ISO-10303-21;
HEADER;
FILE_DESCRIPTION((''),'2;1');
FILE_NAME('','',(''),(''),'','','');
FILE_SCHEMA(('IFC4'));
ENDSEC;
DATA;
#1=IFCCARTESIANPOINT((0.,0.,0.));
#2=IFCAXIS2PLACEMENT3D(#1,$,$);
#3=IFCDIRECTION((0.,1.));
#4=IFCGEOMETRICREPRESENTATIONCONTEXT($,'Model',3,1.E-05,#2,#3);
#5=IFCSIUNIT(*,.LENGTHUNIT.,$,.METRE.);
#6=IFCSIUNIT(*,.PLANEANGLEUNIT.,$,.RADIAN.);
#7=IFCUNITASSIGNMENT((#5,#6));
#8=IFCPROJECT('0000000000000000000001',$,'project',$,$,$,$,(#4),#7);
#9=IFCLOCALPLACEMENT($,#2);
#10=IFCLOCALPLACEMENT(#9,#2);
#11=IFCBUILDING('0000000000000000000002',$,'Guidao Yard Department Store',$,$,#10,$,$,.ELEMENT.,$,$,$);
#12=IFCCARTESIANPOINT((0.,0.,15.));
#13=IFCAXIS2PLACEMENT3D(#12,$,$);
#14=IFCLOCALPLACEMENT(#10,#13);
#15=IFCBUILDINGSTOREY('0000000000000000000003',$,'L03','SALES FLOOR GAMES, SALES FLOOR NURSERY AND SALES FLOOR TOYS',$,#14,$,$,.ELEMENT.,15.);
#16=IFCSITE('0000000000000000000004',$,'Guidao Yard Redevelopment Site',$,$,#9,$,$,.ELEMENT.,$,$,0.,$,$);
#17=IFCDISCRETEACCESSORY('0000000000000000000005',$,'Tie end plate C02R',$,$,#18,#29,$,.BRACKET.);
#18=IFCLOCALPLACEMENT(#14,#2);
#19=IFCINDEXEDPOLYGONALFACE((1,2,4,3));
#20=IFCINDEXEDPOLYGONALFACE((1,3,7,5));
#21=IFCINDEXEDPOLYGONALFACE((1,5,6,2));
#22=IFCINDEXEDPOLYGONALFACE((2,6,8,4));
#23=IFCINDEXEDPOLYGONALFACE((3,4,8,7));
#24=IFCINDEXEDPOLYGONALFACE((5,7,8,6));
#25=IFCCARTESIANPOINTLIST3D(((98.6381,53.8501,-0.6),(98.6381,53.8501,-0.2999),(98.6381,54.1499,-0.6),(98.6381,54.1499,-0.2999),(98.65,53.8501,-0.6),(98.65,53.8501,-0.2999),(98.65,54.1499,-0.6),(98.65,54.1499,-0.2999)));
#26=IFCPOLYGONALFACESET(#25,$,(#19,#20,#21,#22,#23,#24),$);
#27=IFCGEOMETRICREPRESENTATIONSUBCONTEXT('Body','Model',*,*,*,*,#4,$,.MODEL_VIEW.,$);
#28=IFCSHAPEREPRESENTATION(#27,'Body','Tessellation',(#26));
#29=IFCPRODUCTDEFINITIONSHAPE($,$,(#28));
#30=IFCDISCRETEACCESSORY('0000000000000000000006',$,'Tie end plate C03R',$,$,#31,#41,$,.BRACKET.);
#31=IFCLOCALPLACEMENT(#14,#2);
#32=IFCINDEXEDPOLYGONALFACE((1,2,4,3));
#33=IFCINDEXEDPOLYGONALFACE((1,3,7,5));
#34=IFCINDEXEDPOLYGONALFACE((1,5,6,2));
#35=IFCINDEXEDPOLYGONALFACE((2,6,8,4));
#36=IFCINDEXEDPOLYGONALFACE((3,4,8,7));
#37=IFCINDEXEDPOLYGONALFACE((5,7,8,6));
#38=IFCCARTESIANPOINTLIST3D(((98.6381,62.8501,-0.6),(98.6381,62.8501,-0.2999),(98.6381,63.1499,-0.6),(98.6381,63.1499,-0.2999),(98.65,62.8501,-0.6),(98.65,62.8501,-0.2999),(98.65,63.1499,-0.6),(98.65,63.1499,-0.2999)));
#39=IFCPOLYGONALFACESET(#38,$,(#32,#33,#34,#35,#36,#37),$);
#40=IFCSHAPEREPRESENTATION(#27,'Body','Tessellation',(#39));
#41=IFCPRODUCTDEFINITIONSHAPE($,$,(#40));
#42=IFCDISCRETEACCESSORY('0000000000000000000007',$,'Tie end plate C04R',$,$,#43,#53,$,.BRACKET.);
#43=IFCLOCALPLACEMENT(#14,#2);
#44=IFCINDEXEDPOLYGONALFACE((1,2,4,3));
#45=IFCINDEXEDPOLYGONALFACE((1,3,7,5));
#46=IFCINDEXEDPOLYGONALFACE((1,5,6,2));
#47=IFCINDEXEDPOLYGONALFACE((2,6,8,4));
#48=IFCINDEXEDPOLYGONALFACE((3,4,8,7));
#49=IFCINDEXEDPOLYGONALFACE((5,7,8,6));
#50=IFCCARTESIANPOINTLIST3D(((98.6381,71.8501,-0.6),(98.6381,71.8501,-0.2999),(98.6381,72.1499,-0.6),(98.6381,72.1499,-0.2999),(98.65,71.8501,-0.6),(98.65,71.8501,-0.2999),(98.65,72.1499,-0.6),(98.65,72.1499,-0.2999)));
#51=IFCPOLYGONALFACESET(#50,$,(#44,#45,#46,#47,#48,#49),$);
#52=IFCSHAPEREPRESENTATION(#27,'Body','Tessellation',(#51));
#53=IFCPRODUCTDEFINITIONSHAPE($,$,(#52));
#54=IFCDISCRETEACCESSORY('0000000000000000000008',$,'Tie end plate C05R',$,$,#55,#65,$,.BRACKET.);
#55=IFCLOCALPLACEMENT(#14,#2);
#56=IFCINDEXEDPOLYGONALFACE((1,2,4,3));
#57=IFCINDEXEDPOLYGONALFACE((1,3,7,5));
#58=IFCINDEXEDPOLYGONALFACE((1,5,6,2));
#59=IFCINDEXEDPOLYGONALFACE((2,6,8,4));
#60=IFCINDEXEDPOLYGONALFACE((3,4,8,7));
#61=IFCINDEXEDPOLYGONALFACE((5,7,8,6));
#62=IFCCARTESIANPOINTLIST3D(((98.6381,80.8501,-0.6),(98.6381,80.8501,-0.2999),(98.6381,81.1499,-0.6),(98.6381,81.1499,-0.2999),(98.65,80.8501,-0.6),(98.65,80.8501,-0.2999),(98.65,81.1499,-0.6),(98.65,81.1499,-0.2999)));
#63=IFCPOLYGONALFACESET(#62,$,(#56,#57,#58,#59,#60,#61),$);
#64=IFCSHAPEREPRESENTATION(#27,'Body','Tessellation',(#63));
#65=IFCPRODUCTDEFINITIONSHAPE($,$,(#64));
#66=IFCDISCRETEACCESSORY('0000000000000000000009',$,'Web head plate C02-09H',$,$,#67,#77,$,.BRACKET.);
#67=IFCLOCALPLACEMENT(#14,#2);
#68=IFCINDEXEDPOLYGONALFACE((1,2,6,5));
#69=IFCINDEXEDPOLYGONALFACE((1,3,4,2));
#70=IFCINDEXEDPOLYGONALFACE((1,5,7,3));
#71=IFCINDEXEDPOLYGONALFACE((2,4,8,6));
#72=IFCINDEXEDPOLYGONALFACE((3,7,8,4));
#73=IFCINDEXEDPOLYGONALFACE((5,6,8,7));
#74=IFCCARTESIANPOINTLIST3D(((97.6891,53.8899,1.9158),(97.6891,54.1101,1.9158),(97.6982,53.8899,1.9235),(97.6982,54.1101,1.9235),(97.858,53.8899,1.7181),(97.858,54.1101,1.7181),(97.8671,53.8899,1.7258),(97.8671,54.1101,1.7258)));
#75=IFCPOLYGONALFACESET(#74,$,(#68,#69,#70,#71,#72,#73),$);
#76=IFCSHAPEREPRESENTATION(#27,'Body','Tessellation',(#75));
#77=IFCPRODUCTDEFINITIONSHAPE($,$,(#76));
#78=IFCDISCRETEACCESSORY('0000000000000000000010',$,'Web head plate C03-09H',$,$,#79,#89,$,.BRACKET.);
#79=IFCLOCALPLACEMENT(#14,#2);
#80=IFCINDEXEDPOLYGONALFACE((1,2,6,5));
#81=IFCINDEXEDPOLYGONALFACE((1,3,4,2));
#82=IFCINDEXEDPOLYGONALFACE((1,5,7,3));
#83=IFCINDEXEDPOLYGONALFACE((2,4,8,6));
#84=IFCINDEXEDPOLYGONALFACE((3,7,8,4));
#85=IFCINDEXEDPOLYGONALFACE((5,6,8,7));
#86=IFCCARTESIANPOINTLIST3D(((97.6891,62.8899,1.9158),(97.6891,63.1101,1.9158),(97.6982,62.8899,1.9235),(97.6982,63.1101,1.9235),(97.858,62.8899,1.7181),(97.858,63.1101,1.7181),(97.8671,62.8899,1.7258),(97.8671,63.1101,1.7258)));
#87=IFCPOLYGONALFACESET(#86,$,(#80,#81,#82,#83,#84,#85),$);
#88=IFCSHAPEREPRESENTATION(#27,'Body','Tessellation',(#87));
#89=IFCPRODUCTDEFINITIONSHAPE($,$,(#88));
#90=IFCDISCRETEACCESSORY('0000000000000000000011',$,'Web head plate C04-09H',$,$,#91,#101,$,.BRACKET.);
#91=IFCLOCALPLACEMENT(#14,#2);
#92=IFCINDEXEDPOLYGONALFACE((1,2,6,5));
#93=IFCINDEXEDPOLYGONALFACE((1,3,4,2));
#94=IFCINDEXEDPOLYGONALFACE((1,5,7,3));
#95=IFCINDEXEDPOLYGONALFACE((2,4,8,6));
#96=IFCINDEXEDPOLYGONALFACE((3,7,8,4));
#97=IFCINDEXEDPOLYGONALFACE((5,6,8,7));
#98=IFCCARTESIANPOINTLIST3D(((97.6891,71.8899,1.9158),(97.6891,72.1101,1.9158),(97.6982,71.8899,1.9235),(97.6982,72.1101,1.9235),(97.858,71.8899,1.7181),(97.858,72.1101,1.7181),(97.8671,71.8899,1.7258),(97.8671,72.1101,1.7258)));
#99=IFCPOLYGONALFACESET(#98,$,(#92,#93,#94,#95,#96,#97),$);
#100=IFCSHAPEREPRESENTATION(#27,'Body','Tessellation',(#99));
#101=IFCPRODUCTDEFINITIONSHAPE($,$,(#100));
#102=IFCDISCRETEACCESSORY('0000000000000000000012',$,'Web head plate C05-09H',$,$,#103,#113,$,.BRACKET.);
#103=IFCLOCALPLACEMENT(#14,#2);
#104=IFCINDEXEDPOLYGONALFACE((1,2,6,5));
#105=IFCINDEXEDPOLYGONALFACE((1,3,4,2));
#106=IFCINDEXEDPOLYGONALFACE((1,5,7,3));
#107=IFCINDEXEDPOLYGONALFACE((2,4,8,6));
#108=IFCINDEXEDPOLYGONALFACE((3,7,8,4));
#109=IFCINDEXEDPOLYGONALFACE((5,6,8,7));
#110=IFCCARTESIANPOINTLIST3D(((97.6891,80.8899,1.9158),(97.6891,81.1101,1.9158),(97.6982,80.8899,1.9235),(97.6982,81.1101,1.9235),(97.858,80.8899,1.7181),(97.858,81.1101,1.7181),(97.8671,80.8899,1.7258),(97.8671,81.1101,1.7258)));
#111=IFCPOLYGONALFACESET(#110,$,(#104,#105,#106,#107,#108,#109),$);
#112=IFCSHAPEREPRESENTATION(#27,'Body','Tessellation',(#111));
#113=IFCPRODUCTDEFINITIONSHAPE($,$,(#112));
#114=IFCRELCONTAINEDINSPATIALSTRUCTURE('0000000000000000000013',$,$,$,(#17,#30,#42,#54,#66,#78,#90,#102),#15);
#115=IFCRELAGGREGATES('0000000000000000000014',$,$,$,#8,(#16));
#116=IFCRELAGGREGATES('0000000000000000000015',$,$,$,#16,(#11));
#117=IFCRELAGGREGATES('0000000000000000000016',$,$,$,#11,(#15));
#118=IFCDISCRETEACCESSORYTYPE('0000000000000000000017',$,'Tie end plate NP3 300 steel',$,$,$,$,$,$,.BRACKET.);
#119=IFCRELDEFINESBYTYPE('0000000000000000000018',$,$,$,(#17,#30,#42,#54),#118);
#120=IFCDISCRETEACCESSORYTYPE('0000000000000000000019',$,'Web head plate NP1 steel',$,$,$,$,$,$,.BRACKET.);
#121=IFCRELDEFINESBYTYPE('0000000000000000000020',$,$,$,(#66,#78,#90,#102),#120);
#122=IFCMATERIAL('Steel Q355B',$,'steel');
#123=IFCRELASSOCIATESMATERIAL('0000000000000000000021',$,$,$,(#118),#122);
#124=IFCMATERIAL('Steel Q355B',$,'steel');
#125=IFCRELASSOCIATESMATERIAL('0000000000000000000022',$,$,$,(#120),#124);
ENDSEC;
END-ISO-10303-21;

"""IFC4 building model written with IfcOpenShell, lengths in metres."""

from ifc_helpers import new_model, si_unit, direction, frame, origin, origin_2d, place, context, subcontext, project, spatial, rectangle, extrude, material, material_profile, profile_set, type_object, element, save


model = new_model("IFC4")

# Units and contexts
model_context = context("Model", 3, precision=1e-05, world=origin(), true_north=direction((0.0, 1.0)))
body_context = subcontext(model_context, "Body", "Model", "MODEL_VIEW")
ifc_project = project(units=[si_unit("LENGTHUNIT", "METRE"), si_unit("PLANEANGLEUNIT", "RADIAN")], contexts=[model_context])

# Site, building, storey
site_placement = place(None, origin())
site = spatial("IfcSite", under=ifc_project, at=site_placement, Name="Guidao Yard Redevelopment Site", CompositionType="ELEMENT", RefElevation=0.0)
building_placement = place(site_placement, origin())
building = spatial("IfcBuilding", under=site, at=building_placement, Name="Guidao Yard Department Store", CompositionType="ELEMENT")
storey_placement = place(building_placement, frame((0.0, 0.0, 15.0)))
storey = spatial("IfcBuildingStorey", under=building, at=storey_placement, Name="L03", Description="SALES FLOOR GAMES, SALES FLOOR NURSERY AND SALES FLOOR TOYS", CompositionType="ELEMENT", Elevation=15.0)

# Discrete accessories
ifc_material_1 = material(Name="Steel Q355B", Category="steel")
ifc_material_profile_1 = material_profile(ifc_material_1, rectangle(XDim=0.3, YDim=0.012, at=origin_2d()), Name="Node plate 300x12")
ifc_profile_set_1 = profile_set([ifc_material_profile_1], Name="Steel Q355B")
discrete_accessory_type_1 = type_object("IfcDiscreteAccessoryType", Name="Tie end plate NP3 300 steel", PredefinedType="BRACKET", material=ifc_profile_set_1)
for number, where, z_axis, x_axis, name in (
    (1, (98.644, 53.8501, -0.45), (0.0, 1.0, 0.0), (0.0, 0.0, 1.0), "Tie end plate C02R"),
    (2, (98.644, 62.8501, -0.45), (0.0, 1.0, 0.0), (0.0, 0.0, 1.0), "Tie end plate C03R"),
    (3, (98.644, 71.8501, -0.45), (0.0, 1.0, 0.0), (0.0, 0.0, 1.0), "Tie end plate C04R"),
    (4, (98.644, 80.8501, -0.45), (0.0, 1.0, 0.0), (0.0, 0.0, 1.0), "Tie end plate C05R"),
):
    element("IfcDiscreteAccessory", number, at=place(storey_placement, frame(where, z_axis=z_axis, x_axis=x_axis)), inside=storey, type_object=discrete_accessory_type_1, Name=name, PredefinedType="BRACKET", context=body_context, shape_type="SweptSolid", body=[
        extrude(rectangle(XDim=0.3, YDim=0.012, at=origin_2d()), origin(), (0.0, 0.0, 1.0), 0.2998),
    ])
ifc_material_2 = material(Name="Steel Q355B", Category="steel")
ifc_material_profile_2 = material_profile(ifc_material_2, rectangle(XDim=0.26, YDim=0.012, at=origin_2d()), Name="Node plate 260x12")
ifc_profile_set_2 = profile_set([ifc_material_profile_2], Name="Steel Q355B")
discrete_accessory_type_2 = type_object("IfcDiscreteAccessoryType", Name="Web head plate NP1 steel", PredefinedType="BRACKET", material=ifc_profile_set_2)
for number, where, z_axis, x_axis, name in (
    (5, (97.7781, 53.8899, 1.8208), (0.0, 1.0, 0.0), (-0.649537, 0.0, 0.76033), "Web head plate C02-09H"),
    (6, (97.7781, 62.8899, 1.8208), (0.0, 1.0, 0.0), (-0.649537, 0.0, 0.76033), "Web head plate C03-09H"),
    (7, (97.7781, 71.8899, 1.8208), (0.0, 1.0, 0.0), (-0.649537, 0.0, 0.76033), "Web head plate C04-09H"),
    (8, (97.7781, 80.8899, 1.8208), (0.0, 1.0, 0.0), (-0.649537, 0.0, 0.76033), "Web head plate C05-09H"),
):
    element("IfcDiscreteAccessory", number, at=place(storey_placement, frame(where, z_axis=z_axis, x_axis=x_axis)), inside=storey, type_object=discrete_accessory_type_2, Name=name, PredefinedType="BRACKET", context=body_context, shape_type="SweptSolid", body=[
        extrude(rectangle(XDim=0.26, YDim=0.012, at=origin_2d()), origin(), (0.0, 0.0, 1.0), 0.2202),
    ])

save(model, "model.ifc")
